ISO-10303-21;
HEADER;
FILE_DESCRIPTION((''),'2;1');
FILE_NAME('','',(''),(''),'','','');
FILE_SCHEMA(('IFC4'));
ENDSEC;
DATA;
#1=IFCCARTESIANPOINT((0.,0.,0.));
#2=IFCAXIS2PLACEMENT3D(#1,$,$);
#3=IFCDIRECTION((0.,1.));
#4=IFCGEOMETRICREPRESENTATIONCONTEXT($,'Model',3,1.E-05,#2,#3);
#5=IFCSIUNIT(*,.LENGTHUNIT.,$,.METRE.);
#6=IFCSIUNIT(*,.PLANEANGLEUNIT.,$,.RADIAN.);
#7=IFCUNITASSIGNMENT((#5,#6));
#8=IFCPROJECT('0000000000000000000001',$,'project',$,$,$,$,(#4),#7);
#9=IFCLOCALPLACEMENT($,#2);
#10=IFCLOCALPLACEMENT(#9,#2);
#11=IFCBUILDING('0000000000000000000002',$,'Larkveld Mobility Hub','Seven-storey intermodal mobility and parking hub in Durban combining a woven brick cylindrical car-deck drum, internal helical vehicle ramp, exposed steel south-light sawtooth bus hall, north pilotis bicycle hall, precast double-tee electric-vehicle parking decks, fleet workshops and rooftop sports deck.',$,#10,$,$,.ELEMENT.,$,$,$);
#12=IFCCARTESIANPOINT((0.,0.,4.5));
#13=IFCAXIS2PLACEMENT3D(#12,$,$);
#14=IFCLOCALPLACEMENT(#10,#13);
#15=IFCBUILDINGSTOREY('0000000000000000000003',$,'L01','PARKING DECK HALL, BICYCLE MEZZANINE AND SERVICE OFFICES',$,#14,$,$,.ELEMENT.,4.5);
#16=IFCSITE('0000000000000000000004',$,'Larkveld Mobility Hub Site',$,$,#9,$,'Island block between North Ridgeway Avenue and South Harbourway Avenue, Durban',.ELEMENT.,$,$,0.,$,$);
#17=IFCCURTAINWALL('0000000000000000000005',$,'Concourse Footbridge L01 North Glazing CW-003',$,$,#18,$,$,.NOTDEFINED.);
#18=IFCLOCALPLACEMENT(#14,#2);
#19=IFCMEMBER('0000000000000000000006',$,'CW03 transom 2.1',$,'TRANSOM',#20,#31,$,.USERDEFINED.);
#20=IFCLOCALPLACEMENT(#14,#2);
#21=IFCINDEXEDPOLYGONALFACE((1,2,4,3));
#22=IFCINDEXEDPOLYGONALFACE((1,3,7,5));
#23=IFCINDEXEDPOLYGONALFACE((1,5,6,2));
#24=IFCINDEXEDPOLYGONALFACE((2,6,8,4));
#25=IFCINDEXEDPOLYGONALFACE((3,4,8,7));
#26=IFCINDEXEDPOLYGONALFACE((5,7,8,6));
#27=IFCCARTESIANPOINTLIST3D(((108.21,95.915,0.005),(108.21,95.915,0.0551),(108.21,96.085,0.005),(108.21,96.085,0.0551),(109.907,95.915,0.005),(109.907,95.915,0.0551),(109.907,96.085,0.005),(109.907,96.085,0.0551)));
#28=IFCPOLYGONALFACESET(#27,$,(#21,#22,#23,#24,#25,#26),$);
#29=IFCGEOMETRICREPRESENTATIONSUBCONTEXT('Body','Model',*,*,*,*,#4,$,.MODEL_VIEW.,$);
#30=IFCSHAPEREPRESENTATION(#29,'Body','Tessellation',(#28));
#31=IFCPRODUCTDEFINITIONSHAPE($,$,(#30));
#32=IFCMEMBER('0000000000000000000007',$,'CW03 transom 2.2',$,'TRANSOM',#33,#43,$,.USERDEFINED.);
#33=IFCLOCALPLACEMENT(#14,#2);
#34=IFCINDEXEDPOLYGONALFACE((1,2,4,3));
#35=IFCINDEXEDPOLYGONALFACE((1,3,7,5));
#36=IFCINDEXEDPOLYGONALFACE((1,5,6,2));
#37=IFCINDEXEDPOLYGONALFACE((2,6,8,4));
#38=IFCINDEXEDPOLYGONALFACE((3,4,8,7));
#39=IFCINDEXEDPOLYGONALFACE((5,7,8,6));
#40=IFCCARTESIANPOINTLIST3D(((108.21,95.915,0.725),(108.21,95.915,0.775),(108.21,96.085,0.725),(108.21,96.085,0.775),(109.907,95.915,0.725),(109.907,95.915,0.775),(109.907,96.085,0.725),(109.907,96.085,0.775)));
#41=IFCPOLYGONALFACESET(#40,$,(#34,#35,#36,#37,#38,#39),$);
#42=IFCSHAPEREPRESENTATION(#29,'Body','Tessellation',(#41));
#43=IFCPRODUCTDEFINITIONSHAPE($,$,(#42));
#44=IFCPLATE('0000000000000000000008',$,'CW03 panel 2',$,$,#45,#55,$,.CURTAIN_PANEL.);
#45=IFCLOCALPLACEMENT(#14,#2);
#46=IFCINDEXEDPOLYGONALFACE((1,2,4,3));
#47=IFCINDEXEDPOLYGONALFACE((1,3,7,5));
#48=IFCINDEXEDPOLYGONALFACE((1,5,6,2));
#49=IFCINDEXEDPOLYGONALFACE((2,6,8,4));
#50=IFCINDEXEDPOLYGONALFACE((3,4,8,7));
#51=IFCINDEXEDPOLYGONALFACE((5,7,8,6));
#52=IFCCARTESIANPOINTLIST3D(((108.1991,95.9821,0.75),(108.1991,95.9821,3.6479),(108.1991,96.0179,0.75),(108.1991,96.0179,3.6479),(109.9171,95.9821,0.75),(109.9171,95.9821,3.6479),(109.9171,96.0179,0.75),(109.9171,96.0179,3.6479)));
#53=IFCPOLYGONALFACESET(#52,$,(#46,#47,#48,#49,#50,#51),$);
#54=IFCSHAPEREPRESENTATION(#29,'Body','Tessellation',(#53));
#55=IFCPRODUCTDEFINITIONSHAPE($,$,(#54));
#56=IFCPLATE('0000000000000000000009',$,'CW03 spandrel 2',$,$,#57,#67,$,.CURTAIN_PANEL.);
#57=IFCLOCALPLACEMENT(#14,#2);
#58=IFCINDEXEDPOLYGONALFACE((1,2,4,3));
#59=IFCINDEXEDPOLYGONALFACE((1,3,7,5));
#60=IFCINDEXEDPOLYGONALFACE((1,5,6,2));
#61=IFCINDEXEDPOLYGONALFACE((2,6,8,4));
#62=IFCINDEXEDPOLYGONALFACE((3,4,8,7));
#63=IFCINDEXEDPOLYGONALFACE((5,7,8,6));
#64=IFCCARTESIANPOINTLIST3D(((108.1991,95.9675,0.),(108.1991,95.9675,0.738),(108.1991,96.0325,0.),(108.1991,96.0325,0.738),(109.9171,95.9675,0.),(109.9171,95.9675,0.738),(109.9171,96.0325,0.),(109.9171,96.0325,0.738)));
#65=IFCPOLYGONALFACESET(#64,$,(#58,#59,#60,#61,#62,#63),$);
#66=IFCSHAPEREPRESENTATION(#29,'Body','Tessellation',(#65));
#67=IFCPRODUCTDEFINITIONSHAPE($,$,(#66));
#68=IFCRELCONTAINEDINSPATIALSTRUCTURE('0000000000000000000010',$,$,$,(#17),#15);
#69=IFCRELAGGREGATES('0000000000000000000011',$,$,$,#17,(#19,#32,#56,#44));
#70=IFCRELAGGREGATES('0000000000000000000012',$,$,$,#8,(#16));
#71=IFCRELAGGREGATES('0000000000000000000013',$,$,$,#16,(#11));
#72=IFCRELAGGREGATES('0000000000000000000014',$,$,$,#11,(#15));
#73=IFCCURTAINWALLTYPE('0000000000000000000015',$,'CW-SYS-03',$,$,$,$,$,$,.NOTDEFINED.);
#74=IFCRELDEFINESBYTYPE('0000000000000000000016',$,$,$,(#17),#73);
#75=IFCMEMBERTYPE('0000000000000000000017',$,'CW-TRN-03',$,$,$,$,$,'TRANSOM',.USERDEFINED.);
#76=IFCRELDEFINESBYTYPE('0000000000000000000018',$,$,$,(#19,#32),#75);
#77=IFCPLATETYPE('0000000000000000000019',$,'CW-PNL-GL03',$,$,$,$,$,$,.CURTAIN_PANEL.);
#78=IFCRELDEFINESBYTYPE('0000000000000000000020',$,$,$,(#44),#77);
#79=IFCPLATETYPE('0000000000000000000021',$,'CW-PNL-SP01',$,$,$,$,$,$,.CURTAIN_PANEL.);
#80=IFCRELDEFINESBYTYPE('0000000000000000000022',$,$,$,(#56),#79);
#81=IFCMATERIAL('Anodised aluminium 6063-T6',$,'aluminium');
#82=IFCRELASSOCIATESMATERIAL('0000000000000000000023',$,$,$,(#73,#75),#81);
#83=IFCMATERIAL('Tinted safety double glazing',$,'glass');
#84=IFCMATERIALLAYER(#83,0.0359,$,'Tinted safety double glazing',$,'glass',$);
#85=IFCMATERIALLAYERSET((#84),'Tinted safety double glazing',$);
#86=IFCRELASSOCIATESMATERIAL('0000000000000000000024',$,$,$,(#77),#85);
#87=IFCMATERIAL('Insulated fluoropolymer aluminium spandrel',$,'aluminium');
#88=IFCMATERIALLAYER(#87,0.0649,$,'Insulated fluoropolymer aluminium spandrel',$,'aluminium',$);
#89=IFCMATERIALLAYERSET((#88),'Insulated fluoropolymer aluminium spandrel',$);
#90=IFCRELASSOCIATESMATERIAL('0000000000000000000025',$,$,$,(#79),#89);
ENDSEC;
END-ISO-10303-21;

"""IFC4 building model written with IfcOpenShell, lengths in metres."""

from ifc_helpers import new_model, si_unit, direction, frame, origin, origin_2d, place, context, subcontext, project, spatial, rectangle, extrude, material, layer, layer_set, material_profile, profile_set, type_object, element, aggregate, save


model = new_model("IFC4")

# Units and contexts
model_context = context("Model", 3, precision=1e-05, world=origin(), true_north=direction((0.0, 1.0)))
body_context = subcontext(model_context, "Body", "Model", "MODEL_VIEW")
ifc_project = project(units=[si_unit("LENGTHUNIT", "METRE"), si_unit("PLANEANGLEUNIT", "RADIAN")], contexts=[model_context])

# Site, building, storey
site_placement = place(None, origin())
site = spatial("IfcSite", under=ifc_project, at=site_placement, Name="Larkveld Mobility Hub Site", LongName="Island block between North Ridgeway Avenue and South Harbourway Avenue, Durban", CompositionType="ELEMENT", RefElevation=0.0)
building_placement = place(site_placement, origin())
building = spatial("IfcBuilding", under=site, at=building_placement, Name="Larkveld Mobility Hub", Description="Seven-storey intermodal mobility and parking hub in Durban combining a woven brick cylindrical car-deck drum, internal helical vehicle ramp, exposed steel south-light sawtooth bus hall, north pilotis bicycle hall, precast double-tee electric-vehicle parking decks, fleet workshops and rooftop sports deck.", CompositionType="ELEMENT")
storey_placement = place(building_placement, frame((0.0, 0.0, 4.5)))
storey = spatial("IfcBuildingStorey", under=building, at=storey_placement, Name="L01", Description="PARKING DECK HALL, BICYCLE MEZZANINE AND SERVICE OFFICES", CompositionType="ELEMENT", Elevation=4.5)

# Curtain wall, members, plates
ifc_material_1 = material(Name="Anodised aluminium 6063-T6", Category="aluminium")
curtain_wall_type = type_object("IfcCurtainWallType", Name="CW-SYS-03", PredefinedType="NOTDEFINED", material=ifc_material_1)
curtain_wall_placement = place(storey_placement, origin())
curtain_wall = element("IfcCurtainWall", 1, at=curtain_wall_placement, inside=storey, type_object=curtain_wall_type, Name="Concourse Footbridge L01 North Glazing CW-003", PredefinedType="NOTDEFINED")
ifc_material_profile = material_profile(ifc_material_1, rectangle(XDim=0.1699, YDim=0.05, at=origin_2d()), Name="ALU TRAN 50x170")
ifc_profile_set = profile_set([ifc_material_profile], Name="Anodised aluminium 6063-T6")
member_type = type_object("IfcMemberType", Name="CW-TRN-03", ElementType="TRANSOM", PredefinedType="USERDEFINED", material=ifc_profile_set)
member_1_placement = place(storey_placement, frame((109.907, 96.0, 0.03), z_axis=(-1.0, 0.0, 0.0), x_axis=(0.0, -1.0, 0.0)))
member_1 = element("IfcMember", 2, at=member_1_placement, type_object=member_type, Name="CW03 transom 2.1", ObjectType="TRANSOM", PredefinedType="USERDEFINED", context=body_context, shape_type="SweptSolid", body=[
    extrude(rectangle(XDim=0.1699, YDim=0.05, at=origin_2d()), origin(), (0.0, 0.0, 1.0), 1.697),
])
member_2_placement = place(storey_placement, frame((109.907, 96.0, 0.75), z_axis=(-1.0, 0.0, 0.0), x_axis=(0.0, -1.0, 0.0)))
member_2 = element("IfcMember", 3, at=member_2_placement, type_object=member_type, Name="CW03 transom 2.2", ObjectType="TRANSOM", PredefinedType="USERDEFINED", context=body_context, shape_type="SweptSolid", body=[
    extrude(rectangle(XDim=0.1699, YDim=0.05, at=origin_2d()), origin(), (0.0, 0.0, 1.0), 1.697),
])
ifc_material_2 = material(Name="Tinted safety double glazing", Category="glass")
ifc_layer_1 = layer(ifc_material_2, 0.0359, Name="Tinted safety double glazing", Category="glass")
ifc_layer_set_1 = layer_set([ifc_layer_1], Name="Tinted safety double glazing")
plate_type_1 = type_object("IfcPlateType", Name="CW-PNL-GL03", PredefinedType="CURTAIN_PANEL", material=ifc_layer_set_1)
plate_1_placement = place(storey_placement, frame((109.0581, 96.0, 0.75), z_axis=(0.0, 0.0, 1.0), x_axis=(-1.0, 0.0, 0.0)))
plate_1 = element("IfcPlate", 4, at=plate_1_placement, type_object=plate_type_1, Name="CW03 panel 2", PredefinedType="CURTAIN_PANEL", context=body_context, shape_type="SweptSolid", body=[
    extrude(rectangle(XDim=1.718, YDim=0.0359, at=origin_2d()), origin(), (0.0, 0.0, 1.0), 2.8979),
])
ifc_material_3 = material(Name="Insulated fluoropolymer aluminium spandrel", Category="aluminium")
ifc_layer_2 = layer(ifc_material_3, 0.0649, Name="Insulated fluoropolymer aluminium spandrel", Category="aluminium")
ifc_layer_set_2 = layer_set([ifc_layer_2], Name="Insulated fluoropolymer aluminium spandrel")
plate_type_2 = type_object("IfcPlateType", Name="CW-PNL-SP01", PredefinedType="CURTAIN_PANEL", material=ifc_layer_set_2)
plate_2_placement = place(storey_placement, frame((109.0581, 96.0, 0.0), z_axis=(0.0, 0.0, 1.0), x_axis=(-1.0, 0.0, 0.0)))
plate_2 = element("IfcPlate", 5, at=plate_2_placement, type_object=plate_type_2, Name="CW03 spandrel 2", PredefinedType="CURTAIN_PANEL", context=body_context, shape_type="SweptSolid", body=[
    extrude(rectangle(XDim=1.718, YDim=0.0649, at=origin_2d()), origin(), (0.0, 0.0, 1.0), 0.738),
])
aggregate(curtain_wall, [member_1, member_2, plate_2, plate_1])

save(model, "model.ifc")
